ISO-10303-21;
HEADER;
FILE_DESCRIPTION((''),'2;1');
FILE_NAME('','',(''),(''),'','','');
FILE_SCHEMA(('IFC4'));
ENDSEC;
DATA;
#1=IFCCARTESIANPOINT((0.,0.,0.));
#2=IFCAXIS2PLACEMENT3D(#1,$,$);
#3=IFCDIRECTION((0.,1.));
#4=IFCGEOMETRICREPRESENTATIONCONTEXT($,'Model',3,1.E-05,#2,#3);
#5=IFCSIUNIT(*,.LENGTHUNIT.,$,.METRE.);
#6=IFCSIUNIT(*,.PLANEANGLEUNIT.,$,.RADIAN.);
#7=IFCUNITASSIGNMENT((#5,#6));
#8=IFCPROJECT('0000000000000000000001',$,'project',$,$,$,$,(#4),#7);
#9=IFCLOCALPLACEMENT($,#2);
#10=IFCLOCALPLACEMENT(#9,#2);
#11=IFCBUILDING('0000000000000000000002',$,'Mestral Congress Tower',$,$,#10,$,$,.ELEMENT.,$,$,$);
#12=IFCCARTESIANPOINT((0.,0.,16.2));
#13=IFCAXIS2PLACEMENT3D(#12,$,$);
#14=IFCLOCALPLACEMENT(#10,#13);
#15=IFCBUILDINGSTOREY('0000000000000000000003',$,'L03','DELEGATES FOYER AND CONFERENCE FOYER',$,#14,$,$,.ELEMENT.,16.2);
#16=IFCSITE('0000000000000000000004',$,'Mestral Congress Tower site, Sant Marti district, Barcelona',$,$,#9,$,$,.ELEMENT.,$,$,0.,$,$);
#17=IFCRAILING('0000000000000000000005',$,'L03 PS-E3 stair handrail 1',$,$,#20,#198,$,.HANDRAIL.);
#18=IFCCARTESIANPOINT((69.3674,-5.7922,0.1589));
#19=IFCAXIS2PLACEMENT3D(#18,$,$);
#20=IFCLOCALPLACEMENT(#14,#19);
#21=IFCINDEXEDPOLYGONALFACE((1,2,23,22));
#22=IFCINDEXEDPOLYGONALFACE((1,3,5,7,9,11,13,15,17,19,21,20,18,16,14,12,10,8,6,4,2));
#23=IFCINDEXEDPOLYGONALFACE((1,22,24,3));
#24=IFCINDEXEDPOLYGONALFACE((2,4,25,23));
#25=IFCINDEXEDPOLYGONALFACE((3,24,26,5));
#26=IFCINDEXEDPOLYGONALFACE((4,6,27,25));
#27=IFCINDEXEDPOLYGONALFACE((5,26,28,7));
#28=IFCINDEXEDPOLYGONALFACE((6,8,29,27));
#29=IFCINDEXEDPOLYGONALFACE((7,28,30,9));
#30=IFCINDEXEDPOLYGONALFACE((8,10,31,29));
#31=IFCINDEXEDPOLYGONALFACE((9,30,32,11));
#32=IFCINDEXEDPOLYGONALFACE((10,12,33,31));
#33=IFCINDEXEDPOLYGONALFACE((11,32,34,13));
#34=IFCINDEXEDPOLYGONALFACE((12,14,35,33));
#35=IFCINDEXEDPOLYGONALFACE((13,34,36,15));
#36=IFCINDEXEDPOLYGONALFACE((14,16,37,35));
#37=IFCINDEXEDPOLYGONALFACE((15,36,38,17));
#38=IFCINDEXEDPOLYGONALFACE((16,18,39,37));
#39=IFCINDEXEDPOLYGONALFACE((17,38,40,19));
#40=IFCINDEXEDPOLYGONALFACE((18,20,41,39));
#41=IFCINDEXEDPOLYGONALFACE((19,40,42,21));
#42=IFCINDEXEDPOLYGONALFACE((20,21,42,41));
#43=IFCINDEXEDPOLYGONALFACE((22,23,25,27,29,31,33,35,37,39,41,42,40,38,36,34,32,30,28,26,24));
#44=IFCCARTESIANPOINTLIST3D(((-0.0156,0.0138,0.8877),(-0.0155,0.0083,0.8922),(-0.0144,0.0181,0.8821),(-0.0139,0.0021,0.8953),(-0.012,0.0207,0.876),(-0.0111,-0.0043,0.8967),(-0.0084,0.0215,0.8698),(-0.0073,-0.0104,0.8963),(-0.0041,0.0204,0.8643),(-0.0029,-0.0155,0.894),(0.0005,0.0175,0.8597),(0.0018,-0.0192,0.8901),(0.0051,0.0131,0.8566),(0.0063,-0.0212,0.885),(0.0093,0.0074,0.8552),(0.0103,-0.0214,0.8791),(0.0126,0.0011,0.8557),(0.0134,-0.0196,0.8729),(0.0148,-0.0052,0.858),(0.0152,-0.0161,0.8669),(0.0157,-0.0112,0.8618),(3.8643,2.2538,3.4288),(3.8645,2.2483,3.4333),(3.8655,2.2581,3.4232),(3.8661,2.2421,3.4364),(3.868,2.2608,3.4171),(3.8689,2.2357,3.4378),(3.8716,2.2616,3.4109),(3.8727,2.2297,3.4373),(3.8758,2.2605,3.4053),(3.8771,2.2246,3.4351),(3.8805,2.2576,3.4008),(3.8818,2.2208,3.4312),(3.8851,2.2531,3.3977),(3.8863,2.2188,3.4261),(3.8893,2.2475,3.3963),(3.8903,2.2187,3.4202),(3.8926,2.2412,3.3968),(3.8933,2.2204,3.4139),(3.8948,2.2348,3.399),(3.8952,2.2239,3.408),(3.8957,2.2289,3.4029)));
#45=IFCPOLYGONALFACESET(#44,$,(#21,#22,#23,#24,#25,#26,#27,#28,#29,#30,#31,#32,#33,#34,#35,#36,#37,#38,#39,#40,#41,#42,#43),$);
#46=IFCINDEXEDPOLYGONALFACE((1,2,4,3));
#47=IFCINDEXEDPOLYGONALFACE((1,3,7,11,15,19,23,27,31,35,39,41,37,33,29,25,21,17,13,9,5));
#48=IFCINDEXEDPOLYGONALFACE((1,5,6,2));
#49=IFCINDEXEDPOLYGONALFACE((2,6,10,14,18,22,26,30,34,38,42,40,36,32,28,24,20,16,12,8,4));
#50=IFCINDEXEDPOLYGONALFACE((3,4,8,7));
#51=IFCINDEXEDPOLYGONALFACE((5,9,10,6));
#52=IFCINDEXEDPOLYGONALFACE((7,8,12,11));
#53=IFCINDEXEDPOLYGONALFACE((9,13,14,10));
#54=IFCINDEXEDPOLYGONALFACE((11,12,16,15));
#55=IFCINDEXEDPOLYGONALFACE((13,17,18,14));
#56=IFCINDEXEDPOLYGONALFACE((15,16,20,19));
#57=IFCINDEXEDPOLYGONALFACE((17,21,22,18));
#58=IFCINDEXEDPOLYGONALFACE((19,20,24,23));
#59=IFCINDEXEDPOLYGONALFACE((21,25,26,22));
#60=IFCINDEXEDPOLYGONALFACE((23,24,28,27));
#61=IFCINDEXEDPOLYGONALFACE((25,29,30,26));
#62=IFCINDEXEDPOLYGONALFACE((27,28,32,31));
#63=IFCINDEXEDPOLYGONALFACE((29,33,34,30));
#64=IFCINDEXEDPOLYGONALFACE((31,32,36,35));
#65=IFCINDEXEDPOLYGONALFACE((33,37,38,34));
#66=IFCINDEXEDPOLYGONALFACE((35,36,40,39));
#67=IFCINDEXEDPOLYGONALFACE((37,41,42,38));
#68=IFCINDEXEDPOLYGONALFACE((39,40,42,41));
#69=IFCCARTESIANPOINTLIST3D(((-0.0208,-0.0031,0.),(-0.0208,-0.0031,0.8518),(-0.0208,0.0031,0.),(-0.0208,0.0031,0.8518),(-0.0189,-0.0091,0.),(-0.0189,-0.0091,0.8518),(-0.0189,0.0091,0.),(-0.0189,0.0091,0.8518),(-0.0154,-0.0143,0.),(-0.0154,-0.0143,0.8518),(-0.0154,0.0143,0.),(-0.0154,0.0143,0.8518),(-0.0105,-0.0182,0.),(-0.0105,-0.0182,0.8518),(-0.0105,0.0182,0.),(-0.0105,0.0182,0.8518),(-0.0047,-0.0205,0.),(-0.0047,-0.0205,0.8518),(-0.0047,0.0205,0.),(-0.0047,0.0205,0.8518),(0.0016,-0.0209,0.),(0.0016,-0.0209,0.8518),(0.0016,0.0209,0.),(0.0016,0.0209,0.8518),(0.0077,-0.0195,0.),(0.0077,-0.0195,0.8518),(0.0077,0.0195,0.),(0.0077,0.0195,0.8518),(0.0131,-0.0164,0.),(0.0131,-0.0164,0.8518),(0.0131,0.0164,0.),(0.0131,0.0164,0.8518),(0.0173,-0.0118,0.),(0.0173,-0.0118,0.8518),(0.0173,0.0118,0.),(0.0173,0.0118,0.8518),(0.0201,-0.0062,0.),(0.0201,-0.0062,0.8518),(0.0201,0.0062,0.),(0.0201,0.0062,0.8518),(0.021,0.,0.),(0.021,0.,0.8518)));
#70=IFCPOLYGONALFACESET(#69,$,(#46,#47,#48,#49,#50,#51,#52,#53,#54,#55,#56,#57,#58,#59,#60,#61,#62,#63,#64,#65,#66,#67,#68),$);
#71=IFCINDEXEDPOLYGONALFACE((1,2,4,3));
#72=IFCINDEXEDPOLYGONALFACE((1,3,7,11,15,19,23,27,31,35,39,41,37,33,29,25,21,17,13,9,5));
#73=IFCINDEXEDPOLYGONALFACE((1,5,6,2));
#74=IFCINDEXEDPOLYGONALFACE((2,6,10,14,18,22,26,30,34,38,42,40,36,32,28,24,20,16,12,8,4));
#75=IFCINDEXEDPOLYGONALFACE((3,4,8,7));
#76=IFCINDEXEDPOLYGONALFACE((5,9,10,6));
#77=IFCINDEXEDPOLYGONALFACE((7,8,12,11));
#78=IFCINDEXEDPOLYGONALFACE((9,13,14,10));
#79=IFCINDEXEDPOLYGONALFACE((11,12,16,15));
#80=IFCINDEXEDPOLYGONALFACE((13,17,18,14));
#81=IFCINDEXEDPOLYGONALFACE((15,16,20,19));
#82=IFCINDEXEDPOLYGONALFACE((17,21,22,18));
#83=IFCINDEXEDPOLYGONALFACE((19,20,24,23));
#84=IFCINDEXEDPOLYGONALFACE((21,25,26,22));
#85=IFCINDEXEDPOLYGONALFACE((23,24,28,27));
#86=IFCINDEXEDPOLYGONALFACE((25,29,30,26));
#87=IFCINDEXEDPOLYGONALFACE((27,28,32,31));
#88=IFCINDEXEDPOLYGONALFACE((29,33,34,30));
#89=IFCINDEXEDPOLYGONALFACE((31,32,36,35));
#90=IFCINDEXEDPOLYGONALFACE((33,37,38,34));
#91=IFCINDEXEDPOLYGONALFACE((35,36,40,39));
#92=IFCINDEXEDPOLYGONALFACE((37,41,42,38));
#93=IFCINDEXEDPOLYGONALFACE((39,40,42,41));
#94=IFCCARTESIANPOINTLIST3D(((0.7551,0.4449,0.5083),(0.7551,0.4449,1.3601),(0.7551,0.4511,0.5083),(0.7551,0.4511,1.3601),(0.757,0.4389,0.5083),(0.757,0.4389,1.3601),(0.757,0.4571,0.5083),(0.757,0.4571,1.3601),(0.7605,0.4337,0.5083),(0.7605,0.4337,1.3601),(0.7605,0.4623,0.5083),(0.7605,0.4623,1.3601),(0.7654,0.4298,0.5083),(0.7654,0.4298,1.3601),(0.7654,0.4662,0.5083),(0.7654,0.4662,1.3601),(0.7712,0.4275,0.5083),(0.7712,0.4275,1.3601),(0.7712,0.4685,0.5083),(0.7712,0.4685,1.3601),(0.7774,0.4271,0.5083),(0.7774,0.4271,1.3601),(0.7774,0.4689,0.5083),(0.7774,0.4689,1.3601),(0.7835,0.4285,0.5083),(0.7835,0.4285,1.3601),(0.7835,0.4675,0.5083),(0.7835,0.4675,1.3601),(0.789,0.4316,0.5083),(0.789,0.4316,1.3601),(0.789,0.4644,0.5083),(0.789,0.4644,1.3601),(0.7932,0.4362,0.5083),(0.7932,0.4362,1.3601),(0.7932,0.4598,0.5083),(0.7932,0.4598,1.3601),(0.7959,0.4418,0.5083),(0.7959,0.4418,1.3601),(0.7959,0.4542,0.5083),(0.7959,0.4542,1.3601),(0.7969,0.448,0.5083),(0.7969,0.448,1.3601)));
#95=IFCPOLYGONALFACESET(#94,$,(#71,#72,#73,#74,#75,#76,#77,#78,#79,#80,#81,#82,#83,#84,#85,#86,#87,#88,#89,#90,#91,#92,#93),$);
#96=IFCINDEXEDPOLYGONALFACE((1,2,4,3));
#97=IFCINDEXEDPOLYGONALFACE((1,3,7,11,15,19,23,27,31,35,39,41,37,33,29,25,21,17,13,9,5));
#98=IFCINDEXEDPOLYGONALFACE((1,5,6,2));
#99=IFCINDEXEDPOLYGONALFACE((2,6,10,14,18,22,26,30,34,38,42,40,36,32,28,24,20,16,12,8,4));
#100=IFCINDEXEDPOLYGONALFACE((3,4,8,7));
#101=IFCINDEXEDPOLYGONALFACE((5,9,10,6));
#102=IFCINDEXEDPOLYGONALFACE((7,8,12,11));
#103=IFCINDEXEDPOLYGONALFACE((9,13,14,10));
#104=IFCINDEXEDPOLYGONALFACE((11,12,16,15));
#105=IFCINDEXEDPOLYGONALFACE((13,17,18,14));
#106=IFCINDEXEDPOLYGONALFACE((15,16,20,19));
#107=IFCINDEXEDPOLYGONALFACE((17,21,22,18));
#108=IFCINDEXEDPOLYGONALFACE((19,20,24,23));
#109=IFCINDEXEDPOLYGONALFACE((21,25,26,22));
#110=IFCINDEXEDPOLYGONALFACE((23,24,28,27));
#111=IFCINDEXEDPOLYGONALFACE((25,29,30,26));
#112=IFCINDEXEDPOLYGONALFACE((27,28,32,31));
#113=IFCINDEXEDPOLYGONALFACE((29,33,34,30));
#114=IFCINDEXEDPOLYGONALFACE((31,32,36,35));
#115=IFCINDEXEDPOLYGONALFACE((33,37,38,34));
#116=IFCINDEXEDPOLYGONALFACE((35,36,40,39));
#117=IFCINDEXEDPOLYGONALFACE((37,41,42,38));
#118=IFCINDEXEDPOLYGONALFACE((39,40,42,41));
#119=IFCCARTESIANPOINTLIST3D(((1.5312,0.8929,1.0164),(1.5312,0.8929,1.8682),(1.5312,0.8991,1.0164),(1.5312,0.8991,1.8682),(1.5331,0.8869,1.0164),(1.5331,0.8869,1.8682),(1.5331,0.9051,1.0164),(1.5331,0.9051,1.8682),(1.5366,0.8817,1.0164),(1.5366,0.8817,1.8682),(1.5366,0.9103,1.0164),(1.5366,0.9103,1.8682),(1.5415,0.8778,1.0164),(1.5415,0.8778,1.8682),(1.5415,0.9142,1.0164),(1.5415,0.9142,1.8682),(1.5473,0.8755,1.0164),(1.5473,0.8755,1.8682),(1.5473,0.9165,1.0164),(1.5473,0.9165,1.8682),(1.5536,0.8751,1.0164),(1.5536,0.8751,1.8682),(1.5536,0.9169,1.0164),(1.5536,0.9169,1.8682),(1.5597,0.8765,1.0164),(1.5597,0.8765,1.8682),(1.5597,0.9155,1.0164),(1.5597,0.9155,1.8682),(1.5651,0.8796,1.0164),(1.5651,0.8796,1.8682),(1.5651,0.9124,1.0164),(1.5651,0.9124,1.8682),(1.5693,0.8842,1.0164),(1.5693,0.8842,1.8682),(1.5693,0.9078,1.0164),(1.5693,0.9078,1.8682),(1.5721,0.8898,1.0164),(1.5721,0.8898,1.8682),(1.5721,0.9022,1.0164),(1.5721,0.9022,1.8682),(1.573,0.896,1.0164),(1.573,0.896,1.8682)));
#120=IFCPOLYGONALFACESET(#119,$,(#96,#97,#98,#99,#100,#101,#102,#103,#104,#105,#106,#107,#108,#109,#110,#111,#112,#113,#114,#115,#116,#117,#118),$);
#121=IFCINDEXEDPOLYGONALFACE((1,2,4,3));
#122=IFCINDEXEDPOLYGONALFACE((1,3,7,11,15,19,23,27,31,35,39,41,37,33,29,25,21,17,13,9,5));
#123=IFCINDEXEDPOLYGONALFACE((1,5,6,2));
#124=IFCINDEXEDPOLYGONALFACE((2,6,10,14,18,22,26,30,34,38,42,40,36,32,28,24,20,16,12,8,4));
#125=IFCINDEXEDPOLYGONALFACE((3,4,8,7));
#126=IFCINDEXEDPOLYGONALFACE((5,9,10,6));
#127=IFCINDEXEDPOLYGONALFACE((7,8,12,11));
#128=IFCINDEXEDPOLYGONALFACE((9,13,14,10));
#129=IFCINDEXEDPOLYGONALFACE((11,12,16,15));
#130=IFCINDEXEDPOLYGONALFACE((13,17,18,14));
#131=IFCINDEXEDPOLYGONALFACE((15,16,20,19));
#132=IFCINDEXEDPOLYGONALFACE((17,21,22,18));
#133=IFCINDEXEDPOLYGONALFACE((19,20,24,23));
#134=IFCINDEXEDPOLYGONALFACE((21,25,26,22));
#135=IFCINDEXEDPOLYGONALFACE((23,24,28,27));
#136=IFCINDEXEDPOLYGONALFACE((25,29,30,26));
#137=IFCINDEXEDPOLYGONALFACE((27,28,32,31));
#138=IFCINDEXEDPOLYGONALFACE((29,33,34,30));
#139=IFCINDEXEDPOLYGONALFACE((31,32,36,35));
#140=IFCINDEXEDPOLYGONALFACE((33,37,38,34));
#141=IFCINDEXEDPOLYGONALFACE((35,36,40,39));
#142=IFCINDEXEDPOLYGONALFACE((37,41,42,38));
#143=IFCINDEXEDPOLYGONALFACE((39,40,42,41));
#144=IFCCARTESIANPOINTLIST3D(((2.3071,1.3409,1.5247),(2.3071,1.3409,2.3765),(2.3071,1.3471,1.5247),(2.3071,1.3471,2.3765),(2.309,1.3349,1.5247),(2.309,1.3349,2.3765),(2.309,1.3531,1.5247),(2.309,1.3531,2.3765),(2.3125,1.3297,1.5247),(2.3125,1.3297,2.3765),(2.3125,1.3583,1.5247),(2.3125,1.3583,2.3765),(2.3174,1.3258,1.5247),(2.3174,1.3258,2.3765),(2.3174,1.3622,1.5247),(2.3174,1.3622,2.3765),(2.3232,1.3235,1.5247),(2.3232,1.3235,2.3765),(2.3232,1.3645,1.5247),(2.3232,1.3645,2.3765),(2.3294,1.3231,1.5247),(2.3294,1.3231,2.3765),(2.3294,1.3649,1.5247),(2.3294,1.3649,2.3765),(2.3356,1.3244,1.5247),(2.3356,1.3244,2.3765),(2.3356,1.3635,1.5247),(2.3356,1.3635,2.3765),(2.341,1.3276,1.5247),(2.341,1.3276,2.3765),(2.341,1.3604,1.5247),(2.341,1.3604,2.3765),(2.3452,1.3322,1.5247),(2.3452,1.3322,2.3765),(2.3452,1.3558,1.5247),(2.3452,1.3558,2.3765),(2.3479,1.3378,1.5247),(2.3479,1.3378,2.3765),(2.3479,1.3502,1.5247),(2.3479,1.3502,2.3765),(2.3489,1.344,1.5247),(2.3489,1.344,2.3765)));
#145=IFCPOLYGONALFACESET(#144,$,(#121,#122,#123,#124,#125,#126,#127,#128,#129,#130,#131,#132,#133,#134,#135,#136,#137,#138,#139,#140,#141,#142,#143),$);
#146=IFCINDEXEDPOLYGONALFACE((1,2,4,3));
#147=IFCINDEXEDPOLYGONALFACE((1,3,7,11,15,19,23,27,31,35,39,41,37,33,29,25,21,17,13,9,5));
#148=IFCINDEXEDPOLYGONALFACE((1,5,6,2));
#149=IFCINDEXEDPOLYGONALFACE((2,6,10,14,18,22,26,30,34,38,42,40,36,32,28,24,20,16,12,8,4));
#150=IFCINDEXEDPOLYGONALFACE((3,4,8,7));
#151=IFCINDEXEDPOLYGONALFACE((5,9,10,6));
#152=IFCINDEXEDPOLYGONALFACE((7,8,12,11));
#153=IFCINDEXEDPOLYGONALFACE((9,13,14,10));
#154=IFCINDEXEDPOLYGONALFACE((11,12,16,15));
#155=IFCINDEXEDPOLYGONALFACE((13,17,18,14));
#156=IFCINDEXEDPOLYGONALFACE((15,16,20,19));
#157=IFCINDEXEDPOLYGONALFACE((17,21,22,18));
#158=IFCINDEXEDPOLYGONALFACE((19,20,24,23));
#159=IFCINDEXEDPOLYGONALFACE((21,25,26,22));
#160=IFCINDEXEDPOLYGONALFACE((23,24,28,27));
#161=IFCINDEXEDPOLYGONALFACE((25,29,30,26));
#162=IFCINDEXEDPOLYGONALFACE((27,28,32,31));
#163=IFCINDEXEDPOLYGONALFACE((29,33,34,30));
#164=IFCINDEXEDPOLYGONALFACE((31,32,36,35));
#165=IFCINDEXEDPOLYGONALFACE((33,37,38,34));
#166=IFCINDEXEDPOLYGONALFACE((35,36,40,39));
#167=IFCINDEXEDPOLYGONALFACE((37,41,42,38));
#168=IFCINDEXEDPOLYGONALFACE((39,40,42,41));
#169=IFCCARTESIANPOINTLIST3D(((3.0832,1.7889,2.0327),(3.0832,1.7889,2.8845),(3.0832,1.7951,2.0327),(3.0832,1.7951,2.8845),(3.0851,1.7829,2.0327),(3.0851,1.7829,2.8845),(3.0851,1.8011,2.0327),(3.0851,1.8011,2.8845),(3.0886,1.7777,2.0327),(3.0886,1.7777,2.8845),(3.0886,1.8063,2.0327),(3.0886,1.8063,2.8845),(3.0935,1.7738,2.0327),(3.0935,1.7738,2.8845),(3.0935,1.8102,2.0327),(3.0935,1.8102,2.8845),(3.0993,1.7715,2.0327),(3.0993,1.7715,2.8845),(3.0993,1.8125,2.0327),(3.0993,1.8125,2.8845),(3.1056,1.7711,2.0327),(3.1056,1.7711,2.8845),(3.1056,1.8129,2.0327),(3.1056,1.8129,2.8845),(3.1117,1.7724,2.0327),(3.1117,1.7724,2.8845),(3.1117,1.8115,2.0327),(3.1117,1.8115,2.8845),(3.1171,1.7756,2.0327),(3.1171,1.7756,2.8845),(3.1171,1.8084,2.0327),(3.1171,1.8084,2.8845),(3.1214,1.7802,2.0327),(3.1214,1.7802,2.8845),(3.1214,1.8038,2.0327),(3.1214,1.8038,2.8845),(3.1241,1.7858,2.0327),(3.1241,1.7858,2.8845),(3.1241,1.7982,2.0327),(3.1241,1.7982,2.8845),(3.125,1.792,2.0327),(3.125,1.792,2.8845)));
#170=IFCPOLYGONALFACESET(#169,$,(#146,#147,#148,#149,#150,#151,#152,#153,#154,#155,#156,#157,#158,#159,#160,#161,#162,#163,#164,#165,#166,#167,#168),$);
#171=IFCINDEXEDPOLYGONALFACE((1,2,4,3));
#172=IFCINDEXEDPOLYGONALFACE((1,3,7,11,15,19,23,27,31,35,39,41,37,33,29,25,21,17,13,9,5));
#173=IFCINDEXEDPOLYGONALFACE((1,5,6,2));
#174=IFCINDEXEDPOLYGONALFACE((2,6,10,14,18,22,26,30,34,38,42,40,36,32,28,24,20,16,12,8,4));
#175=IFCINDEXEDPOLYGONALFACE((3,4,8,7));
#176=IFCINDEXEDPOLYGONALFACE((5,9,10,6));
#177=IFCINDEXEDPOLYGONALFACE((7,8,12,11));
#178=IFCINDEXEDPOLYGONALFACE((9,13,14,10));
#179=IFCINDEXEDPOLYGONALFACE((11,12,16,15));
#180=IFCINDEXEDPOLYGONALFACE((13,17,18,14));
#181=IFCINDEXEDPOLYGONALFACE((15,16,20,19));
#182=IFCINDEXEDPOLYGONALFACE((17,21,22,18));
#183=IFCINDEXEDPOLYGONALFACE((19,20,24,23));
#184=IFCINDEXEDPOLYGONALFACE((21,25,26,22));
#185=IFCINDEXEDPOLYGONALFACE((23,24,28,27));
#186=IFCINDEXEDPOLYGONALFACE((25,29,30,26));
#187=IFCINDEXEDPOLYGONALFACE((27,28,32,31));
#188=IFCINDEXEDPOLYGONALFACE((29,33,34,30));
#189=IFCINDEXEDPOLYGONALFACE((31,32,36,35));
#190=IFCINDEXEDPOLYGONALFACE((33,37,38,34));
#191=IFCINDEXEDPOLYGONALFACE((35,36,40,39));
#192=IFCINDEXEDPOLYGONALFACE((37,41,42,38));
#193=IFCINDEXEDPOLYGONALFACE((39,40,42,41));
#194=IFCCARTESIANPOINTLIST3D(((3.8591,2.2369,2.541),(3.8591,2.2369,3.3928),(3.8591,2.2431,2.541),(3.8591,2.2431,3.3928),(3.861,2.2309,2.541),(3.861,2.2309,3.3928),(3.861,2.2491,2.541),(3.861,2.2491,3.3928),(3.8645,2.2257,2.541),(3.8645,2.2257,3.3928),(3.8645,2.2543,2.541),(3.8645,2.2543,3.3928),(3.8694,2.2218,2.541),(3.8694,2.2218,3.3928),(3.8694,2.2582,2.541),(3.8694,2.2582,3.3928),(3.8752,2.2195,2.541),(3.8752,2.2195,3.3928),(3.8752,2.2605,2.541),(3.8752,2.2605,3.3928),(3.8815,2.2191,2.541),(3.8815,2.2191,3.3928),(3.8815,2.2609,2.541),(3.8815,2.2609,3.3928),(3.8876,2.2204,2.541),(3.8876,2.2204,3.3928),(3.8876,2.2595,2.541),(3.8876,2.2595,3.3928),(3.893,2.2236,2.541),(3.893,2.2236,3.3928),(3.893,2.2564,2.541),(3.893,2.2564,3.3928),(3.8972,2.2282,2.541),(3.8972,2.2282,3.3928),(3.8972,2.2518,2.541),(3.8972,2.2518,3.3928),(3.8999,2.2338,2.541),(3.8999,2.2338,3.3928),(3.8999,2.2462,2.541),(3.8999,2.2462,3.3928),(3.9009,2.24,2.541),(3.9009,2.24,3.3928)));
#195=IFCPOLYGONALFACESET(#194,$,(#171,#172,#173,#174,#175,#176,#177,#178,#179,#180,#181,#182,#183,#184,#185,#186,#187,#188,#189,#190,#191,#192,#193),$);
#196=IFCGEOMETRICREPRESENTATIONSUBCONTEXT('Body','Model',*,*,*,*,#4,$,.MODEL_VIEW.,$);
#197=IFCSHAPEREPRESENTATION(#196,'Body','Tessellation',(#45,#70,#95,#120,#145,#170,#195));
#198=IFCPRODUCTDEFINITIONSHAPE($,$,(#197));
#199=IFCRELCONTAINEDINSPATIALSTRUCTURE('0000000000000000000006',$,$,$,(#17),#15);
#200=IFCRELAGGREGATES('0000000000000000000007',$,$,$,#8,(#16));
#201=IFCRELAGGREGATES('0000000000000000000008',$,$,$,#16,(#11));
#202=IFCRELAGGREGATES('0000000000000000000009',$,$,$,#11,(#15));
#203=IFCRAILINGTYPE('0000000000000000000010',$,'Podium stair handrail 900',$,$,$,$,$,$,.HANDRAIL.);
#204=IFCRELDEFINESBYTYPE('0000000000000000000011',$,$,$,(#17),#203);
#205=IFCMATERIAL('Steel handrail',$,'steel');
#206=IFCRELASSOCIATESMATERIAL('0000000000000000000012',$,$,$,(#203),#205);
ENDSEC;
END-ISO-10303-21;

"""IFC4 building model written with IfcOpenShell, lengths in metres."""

from ifc_helpers import new_model, si_unit, direction, frame, origin, origin_2d, place, context, subcontext, project, spatial, circle, extrude, material, type_object, element, save


model = new_model("IFC4")

# Units and contexts
model_context = context("Model", 3, precision=1e-05, world=origin(), true_north=direction((0.0, 1.0)))
body_context = subcontext(model_context, "Body", "Model", "MODEL_VIEW")
ifc_project = project(units=[si_unit("LENGTHUNIT", "METRE"), si_unit("PLANEANGLEUNIT", "RADIAN")], contexts=[model_context])

# Site, building, storey
site_placement = place(None, origin())
site = spatial("IfcSite", under=ifc_project, at=site_placement, Name="Mestral Congress Tower site, Sant Marti district, Barcelona", CompositionType="ELEMENT", RefElevation=0.0)
building_placement = place(site_placement, origin())
building = spatial("IfcBuilding", under=site, at=building_placement, Name="Mestral Congress Tower", CompositionType="ELEMENT")
storey_placement = place(building_placement, frame((0.0, 0.0, 16.2)))
storey = spatial("IfcBuildingStorey", under=building, at=storey_placement, Name="L03", Description="DELEGATES FOYER AND CONFERENCE FOYER", CompositionType="ELEMENT", Elevation=16.2)

# Railing
ifc_material_1 = material(Name="Steel handrail", Category="steel")
railing_type_1 = type_object("IfcRailingType", Name="Podium stair handrail 900", PredefinedType="HANDRAIL", material=ifc_material_1)
railing_1_placement = place(storey_placement, frame((69.3674, -5.7922, 0.1589)))
element("IfcRailing", 1, at=railing_1_placement, inside=storey, type_object=railing_type_1, Name="L03 PS-E3 stair handrail 1", PredefinedType="HANDRAIL", context=body_context, shape_type="SweptSolid", body=[
    extrude(circle(Radius=0.0239, at=origin_2d()), frame((0.0, 0.0, 0.876), z_axis=(0.7533, 0.434906, 0.493352), x_axis=(-0.49999, 0.866031, 0.0)), (0.0, 0.0, 1.0), 5.1506),
    extrude(circle(Radius=0.021, at=origin_2d()), origin(), (0.0, 0.0, 1.0), 0.8518),
    extrude(circle(Radius=0.021, at=origin_2d()), frame((0.7759, 0.448, 0.5083)), (0.0, 0.0, 1.0), 0.8518),
    extrude(circle(Radius=0.021, at=origin_2d()), frame((1.552, 0.896, 1.0164)), (0.0, 0.0, 1.0), 0.8518),
    extrude(circle(Radius=0.021, at=origin_2d()), frame((2.3279, 1.344, 1.5247)), (0.0, 0.0, 1.0), 0.8518),
    extrude(circle(Radius=0.021, at=origin_2d()), frame((3.104, 1.792, 2.0327)), (0.0, 0.0, 1.0), 0.8518),
    extrude(circle(Radius=0.021, at=origin_2d()), frame((3.8799, 2.24, 2.541)), (0.0, 0.0, 1.0), 0.8518),
])

save(model, "model.ifc")
